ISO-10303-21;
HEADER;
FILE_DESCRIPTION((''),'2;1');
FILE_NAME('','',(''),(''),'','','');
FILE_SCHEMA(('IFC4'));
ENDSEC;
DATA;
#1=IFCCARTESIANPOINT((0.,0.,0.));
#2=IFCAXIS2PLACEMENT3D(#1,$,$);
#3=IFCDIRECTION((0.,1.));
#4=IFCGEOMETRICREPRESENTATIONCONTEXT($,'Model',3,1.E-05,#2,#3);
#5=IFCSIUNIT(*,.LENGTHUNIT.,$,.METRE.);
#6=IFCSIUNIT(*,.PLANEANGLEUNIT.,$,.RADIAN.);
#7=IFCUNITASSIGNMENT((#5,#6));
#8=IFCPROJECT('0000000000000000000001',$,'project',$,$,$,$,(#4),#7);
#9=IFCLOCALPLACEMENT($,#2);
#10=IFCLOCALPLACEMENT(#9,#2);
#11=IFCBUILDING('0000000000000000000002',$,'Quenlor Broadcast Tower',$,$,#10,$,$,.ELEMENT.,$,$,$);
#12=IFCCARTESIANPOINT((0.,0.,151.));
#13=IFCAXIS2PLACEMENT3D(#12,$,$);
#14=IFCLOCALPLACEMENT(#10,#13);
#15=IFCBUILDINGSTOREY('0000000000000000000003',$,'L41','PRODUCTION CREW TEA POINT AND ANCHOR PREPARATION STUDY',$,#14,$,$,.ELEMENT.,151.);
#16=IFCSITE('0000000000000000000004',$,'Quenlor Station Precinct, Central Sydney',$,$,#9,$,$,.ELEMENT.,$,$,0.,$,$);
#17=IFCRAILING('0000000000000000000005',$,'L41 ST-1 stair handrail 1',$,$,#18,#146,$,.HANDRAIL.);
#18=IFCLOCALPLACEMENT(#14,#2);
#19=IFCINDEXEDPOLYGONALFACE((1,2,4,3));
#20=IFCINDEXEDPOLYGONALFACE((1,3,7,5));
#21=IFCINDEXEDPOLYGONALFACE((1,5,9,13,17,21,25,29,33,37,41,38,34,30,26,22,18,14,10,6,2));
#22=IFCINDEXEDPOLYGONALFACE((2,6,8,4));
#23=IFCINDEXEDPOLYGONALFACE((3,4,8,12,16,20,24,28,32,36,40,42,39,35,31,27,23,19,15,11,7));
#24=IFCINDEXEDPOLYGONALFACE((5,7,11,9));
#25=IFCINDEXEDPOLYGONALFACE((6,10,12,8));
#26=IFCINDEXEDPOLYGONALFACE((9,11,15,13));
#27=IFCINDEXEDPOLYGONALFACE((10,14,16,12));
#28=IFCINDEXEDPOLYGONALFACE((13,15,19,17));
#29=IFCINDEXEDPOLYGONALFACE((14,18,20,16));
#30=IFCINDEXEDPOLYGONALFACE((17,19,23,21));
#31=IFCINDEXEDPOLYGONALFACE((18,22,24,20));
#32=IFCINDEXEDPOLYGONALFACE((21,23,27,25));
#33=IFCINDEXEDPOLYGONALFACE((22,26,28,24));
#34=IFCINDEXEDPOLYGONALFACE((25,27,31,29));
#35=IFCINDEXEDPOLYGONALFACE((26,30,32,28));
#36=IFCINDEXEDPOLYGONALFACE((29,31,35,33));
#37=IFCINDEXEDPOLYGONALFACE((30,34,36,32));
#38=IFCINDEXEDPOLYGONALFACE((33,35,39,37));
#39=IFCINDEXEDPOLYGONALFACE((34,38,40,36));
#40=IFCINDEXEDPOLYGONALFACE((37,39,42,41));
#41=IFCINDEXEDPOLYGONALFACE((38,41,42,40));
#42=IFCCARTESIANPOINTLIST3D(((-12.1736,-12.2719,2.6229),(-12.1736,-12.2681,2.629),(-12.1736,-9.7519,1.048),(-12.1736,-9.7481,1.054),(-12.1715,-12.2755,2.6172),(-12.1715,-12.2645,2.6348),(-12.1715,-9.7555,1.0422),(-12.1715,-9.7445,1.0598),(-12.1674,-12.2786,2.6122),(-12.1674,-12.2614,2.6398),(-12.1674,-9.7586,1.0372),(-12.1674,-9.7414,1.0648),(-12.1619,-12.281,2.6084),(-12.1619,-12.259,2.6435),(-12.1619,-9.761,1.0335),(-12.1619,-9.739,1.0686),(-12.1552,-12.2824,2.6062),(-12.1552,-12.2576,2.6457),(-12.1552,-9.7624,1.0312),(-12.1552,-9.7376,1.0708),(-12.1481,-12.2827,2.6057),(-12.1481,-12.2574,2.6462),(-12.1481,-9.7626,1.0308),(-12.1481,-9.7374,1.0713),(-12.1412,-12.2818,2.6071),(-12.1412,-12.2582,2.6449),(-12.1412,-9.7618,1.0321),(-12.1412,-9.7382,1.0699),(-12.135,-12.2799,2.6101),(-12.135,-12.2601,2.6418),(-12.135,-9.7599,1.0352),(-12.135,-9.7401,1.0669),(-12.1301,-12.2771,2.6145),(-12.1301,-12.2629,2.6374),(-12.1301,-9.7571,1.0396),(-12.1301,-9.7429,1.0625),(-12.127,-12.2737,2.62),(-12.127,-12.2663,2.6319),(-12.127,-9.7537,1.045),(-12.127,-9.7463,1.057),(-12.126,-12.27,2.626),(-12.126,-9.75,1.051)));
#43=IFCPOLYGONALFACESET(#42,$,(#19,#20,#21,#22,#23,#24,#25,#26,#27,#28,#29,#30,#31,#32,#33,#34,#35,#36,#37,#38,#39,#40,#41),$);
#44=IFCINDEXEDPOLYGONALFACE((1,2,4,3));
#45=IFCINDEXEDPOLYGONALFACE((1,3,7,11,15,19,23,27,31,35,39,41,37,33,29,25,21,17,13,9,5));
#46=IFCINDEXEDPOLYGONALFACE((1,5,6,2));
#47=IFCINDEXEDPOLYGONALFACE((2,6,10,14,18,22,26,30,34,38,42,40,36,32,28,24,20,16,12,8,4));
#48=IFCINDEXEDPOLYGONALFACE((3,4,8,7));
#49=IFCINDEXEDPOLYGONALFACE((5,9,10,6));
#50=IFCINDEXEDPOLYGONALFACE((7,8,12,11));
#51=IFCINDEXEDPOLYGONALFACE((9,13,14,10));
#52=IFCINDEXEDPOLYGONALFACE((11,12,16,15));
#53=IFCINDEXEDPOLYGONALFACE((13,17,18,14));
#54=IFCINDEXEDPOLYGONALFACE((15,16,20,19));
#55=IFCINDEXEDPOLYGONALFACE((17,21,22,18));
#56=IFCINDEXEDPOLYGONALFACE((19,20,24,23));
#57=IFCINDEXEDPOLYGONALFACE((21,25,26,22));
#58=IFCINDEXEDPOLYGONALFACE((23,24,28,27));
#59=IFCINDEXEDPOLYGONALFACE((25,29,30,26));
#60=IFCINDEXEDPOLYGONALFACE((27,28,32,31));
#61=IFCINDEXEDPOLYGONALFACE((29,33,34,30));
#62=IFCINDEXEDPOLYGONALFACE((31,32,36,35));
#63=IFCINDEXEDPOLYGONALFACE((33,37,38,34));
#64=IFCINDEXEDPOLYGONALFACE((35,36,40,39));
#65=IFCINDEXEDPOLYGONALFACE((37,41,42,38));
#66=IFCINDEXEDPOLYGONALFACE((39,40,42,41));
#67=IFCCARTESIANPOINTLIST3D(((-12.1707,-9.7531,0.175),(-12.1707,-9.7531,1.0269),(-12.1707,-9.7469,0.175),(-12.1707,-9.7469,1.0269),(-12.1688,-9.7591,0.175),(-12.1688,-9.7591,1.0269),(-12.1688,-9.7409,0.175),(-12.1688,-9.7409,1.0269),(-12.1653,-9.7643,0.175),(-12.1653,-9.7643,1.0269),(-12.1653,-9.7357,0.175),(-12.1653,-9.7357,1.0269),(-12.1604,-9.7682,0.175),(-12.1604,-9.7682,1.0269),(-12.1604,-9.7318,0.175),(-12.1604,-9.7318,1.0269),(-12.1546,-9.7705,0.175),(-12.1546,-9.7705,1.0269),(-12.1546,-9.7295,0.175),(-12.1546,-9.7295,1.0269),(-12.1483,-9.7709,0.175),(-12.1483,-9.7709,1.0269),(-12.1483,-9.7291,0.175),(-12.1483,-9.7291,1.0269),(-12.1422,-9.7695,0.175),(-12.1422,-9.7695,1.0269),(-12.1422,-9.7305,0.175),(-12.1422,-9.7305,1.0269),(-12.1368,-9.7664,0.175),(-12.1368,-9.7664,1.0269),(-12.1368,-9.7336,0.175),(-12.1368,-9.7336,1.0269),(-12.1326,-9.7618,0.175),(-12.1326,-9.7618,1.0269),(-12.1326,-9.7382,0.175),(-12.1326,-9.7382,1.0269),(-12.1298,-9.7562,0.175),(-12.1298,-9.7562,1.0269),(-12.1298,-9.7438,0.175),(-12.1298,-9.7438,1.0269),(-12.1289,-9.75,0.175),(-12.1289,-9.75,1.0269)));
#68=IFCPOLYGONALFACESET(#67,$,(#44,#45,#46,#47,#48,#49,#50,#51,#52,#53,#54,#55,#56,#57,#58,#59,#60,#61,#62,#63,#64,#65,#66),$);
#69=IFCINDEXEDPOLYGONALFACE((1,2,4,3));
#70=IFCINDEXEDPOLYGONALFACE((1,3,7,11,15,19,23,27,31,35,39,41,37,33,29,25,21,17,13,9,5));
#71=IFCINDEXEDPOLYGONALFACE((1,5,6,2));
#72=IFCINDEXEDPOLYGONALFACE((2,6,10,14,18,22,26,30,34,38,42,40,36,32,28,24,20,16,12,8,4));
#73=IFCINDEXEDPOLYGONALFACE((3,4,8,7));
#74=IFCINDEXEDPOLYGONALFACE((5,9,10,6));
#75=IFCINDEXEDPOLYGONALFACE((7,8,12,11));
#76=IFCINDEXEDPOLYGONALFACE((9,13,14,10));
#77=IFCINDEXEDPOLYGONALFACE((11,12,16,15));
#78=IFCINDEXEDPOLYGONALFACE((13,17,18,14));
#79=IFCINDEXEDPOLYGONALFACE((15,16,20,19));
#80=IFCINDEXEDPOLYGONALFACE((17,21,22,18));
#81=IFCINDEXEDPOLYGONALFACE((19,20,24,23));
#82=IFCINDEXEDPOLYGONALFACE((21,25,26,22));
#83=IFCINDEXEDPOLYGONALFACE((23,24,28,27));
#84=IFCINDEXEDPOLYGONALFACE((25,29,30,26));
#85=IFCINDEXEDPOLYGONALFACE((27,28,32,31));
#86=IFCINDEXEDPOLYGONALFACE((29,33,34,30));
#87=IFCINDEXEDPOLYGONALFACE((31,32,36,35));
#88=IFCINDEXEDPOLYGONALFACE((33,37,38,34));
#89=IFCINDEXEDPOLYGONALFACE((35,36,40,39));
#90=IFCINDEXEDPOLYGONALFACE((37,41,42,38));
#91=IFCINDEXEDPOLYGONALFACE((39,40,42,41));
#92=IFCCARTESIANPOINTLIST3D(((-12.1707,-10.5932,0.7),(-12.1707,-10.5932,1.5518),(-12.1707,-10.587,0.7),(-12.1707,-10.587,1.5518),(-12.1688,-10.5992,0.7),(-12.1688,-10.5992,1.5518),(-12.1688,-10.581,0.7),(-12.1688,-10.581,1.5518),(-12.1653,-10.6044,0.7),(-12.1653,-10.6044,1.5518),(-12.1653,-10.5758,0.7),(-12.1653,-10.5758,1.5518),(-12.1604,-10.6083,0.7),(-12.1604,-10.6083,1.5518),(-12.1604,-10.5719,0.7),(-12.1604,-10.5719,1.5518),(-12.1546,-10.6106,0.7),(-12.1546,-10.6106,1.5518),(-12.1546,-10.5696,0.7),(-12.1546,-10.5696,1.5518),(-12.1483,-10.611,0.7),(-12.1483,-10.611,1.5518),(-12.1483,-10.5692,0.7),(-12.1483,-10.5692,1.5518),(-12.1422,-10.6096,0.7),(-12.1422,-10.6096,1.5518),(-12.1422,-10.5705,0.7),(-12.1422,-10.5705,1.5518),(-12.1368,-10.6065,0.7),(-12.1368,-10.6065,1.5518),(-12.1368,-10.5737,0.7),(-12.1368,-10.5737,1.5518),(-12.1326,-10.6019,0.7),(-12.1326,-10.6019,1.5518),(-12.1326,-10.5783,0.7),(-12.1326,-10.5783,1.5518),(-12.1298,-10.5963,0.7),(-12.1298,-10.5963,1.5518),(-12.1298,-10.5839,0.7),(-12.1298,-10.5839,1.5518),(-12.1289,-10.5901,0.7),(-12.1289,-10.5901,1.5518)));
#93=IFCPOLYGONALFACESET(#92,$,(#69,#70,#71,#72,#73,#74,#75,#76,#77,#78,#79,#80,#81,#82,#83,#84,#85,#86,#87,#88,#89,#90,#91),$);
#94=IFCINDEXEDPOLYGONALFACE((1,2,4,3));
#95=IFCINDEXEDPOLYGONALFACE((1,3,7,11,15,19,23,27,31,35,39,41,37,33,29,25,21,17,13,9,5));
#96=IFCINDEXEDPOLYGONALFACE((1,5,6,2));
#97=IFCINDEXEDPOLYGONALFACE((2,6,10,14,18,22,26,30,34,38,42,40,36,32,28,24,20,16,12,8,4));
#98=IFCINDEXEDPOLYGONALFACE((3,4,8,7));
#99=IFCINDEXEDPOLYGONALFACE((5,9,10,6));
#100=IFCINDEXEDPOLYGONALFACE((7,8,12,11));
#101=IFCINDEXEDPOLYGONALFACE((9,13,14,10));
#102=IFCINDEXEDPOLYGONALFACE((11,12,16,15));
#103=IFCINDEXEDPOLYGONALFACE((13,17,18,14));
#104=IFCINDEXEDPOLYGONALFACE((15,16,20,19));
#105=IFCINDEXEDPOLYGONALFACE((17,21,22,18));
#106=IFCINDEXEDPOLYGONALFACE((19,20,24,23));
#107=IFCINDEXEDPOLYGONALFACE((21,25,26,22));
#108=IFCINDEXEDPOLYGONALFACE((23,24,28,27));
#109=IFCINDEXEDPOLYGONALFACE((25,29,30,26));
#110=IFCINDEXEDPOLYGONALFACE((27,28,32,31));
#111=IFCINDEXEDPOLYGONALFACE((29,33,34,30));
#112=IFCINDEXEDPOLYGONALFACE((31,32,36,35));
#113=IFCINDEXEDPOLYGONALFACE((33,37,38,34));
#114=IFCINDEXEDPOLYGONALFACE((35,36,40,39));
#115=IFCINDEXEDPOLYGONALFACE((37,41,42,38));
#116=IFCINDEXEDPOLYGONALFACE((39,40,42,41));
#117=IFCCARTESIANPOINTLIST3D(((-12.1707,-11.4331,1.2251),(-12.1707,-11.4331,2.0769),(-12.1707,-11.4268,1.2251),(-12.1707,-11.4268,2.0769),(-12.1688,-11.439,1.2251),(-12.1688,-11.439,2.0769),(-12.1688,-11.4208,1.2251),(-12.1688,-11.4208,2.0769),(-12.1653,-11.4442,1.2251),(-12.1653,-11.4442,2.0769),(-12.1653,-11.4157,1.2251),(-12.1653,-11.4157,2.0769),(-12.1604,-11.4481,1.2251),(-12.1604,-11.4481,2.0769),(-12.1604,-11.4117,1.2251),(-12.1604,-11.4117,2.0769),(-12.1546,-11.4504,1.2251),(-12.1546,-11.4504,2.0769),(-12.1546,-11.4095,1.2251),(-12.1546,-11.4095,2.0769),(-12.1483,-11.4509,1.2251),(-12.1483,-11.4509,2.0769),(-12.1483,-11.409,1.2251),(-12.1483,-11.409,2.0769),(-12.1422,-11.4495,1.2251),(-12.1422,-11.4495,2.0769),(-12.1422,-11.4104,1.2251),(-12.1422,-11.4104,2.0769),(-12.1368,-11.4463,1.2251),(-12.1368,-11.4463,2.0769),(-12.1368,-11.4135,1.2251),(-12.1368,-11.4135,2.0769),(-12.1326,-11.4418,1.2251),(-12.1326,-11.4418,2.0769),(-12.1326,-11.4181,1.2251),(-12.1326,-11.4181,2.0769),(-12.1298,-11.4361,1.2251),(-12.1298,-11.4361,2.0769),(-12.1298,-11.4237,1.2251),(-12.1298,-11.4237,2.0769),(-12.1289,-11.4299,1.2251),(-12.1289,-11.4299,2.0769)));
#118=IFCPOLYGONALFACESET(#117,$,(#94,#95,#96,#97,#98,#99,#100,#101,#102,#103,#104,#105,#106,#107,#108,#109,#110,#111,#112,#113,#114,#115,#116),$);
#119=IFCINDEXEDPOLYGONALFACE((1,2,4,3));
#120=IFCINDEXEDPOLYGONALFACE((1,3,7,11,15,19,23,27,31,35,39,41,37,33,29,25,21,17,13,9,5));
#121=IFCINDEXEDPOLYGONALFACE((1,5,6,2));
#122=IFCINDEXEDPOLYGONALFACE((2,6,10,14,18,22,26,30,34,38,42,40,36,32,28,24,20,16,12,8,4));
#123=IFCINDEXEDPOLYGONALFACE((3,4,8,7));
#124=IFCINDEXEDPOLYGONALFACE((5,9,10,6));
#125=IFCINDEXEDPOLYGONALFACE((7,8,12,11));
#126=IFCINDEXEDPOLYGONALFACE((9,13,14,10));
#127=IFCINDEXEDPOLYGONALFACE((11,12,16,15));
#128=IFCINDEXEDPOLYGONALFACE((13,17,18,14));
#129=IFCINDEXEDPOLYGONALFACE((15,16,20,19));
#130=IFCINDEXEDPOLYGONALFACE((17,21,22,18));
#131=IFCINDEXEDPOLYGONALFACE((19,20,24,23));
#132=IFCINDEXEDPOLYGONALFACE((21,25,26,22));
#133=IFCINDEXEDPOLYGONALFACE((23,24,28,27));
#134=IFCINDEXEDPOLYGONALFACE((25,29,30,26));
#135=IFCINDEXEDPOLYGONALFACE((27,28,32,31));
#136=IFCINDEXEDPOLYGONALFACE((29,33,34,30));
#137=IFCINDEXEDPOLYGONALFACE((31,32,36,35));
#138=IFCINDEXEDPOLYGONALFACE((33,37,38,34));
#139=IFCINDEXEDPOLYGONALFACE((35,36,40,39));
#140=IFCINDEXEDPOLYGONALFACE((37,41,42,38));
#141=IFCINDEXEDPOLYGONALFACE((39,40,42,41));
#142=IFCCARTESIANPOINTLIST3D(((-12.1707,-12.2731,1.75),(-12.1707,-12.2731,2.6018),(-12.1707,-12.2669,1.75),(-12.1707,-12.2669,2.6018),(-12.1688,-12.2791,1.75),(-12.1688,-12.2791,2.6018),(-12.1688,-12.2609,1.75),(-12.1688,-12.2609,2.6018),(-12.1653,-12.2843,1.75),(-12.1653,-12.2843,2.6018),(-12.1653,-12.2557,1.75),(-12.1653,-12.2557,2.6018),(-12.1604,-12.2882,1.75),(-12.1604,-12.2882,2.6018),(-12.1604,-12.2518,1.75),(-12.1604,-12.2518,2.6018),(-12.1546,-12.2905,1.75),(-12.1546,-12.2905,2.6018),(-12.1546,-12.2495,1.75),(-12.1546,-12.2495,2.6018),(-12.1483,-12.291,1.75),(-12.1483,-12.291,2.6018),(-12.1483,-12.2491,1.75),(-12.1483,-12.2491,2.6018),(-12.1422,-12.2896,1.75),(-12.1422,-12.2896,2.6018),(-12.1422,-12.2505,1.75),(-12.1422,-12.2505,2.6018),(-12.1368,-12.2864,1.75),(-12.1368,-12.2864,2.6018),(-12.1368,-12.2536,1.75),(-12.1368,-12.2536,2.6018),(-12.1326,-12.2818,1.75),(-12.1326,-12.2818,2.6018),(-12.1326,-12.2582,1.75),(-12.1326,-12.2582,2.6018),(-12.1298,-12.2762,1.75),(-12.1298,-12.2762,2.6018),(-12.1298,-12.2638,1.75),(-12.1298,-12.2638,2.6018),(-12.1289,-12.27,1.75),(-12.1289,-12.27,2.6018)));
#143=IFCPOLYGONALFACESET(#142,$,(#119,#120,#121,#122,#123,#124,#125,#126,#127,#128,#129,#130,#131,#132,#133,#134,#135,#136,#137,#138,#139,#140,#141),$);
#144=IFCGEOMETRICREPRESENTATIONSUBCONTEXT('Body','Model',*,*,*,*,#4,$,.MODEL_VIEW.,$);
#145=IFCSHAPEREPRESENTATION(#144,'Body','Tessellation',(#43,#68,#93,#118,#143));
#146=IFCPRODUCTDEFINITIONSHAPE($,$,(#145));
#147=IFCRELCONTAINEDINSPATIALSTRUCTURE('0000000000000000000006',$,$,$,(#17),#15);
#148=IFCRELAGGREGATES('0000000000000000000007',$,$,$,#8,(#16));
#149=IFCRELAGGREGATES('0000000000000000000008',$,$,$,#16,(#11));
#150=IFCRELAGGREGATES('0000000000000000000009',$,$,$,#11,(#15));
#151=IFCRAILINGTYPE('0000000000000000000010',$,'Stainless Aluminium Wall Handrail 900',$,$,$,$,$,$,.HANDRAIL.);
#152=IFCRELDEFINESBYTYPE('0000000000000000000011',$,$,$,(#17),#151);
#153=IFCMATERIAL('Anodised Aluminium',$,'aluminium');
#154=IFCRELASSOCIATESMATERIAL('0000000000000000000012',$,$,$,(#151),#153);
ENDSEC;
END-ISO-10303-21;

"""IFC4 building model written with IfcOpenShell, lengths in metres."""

from ifc_helpers import new_model, si_unit, direction, frame, origin, origin_2d, place, context, subcontext, project, spatial, circle, extrude, material, type_object, element, save


model = new_model("IFC4")

# Units and contexts
model_context = context("Model", 3, precision=1e-05, world=origin(), true_north=direction((0.0, 1.0)))
body_context = subcontext(model_context, "Body", "Model", "MODEL_VIEW")
ifc_project = project(units=[si_unit("LENGTHUNIT", "METRE"), si_unit("PLANEANGLEUNIT", "RADIAN")], contexts=[model_context])

# Site, building, storey
site_placement = place(None, origin())
site = spatial("IfcSite", under=ifc_project, at=site_placement, Name="Quenlor Station Precinct, Central Sydney", CompositionType="ELEMENT", RefElevation=0.0)
building_placement = place(site_placement, origin())
building = spatial("IfcBuilding", under=site, at=building_placement, Name="Quenlor Broadcast Tower", CompositionType="ELEMENT")
storey_placement = place(building_placement, frame((0.0, 0.0, 151.0)))
storey = spatial("IfcBuildingStorey", under=building, at=storey_placement, Name="L41", Description="PRODUCTION CREW TEA POINT AND ANCHOR PREPARATION STUDY", CompositionType="ELEMENT", Elevation=151.0)

# Railing
ifc_material_1 = material(Name="Anodised Aluminium", Category="aluminium")
railing_type_1 = type_object("IfcRailingType", Name="Stainless Aluminium Wall Handrail 900", PredefinedType="HANDRAIL", material=ifc_material_1)
railing_1_placement = place(storey_placement, frame((-12.1499, -9.75, 0.175)))
element("IfcRailing", 1, at=railing_1_placement, inside=storey, type_object=railing_type_1, Name="L41 ST-1 stair handrail 1", PredefinedType="HANDRAIL", context=body_context, shape_type="SweptSolid", body=[
    extrude(circle(Radius=0.0239, at=origin_2d()), frame((0.0, 0.0, 0.876), z_axis=(0.0, -0.848008, 0.529984), x_axis=(1.0, 0.0, 0.0)), (0.0, 0.0, 1.0), 2.9717),
    extrude(circle(Radius=0.021, at=origin_2d()), origin(), (0.0, 0.0, 1.0), 0.8518),
    extrude(circle(Radius=0.021, at=origin_2d()), frame((0.0, -0.8401, 0.5249)), (0.0, 0.0, 1.0), 0.8518),
    extrude(circle(Radius=0.021, at=origin_2d()), frame((0.0, -1.6799, 1.05)), (0.0, 0.0, 1.0), 0.8518),
    extrude(circle(Radius=0.021, at=origin_2d()), frame((0.0, -2.52, 1.575)), (0.0, 0.0, 1.0), 0.8518),
])

save(model, "model.ifc")
